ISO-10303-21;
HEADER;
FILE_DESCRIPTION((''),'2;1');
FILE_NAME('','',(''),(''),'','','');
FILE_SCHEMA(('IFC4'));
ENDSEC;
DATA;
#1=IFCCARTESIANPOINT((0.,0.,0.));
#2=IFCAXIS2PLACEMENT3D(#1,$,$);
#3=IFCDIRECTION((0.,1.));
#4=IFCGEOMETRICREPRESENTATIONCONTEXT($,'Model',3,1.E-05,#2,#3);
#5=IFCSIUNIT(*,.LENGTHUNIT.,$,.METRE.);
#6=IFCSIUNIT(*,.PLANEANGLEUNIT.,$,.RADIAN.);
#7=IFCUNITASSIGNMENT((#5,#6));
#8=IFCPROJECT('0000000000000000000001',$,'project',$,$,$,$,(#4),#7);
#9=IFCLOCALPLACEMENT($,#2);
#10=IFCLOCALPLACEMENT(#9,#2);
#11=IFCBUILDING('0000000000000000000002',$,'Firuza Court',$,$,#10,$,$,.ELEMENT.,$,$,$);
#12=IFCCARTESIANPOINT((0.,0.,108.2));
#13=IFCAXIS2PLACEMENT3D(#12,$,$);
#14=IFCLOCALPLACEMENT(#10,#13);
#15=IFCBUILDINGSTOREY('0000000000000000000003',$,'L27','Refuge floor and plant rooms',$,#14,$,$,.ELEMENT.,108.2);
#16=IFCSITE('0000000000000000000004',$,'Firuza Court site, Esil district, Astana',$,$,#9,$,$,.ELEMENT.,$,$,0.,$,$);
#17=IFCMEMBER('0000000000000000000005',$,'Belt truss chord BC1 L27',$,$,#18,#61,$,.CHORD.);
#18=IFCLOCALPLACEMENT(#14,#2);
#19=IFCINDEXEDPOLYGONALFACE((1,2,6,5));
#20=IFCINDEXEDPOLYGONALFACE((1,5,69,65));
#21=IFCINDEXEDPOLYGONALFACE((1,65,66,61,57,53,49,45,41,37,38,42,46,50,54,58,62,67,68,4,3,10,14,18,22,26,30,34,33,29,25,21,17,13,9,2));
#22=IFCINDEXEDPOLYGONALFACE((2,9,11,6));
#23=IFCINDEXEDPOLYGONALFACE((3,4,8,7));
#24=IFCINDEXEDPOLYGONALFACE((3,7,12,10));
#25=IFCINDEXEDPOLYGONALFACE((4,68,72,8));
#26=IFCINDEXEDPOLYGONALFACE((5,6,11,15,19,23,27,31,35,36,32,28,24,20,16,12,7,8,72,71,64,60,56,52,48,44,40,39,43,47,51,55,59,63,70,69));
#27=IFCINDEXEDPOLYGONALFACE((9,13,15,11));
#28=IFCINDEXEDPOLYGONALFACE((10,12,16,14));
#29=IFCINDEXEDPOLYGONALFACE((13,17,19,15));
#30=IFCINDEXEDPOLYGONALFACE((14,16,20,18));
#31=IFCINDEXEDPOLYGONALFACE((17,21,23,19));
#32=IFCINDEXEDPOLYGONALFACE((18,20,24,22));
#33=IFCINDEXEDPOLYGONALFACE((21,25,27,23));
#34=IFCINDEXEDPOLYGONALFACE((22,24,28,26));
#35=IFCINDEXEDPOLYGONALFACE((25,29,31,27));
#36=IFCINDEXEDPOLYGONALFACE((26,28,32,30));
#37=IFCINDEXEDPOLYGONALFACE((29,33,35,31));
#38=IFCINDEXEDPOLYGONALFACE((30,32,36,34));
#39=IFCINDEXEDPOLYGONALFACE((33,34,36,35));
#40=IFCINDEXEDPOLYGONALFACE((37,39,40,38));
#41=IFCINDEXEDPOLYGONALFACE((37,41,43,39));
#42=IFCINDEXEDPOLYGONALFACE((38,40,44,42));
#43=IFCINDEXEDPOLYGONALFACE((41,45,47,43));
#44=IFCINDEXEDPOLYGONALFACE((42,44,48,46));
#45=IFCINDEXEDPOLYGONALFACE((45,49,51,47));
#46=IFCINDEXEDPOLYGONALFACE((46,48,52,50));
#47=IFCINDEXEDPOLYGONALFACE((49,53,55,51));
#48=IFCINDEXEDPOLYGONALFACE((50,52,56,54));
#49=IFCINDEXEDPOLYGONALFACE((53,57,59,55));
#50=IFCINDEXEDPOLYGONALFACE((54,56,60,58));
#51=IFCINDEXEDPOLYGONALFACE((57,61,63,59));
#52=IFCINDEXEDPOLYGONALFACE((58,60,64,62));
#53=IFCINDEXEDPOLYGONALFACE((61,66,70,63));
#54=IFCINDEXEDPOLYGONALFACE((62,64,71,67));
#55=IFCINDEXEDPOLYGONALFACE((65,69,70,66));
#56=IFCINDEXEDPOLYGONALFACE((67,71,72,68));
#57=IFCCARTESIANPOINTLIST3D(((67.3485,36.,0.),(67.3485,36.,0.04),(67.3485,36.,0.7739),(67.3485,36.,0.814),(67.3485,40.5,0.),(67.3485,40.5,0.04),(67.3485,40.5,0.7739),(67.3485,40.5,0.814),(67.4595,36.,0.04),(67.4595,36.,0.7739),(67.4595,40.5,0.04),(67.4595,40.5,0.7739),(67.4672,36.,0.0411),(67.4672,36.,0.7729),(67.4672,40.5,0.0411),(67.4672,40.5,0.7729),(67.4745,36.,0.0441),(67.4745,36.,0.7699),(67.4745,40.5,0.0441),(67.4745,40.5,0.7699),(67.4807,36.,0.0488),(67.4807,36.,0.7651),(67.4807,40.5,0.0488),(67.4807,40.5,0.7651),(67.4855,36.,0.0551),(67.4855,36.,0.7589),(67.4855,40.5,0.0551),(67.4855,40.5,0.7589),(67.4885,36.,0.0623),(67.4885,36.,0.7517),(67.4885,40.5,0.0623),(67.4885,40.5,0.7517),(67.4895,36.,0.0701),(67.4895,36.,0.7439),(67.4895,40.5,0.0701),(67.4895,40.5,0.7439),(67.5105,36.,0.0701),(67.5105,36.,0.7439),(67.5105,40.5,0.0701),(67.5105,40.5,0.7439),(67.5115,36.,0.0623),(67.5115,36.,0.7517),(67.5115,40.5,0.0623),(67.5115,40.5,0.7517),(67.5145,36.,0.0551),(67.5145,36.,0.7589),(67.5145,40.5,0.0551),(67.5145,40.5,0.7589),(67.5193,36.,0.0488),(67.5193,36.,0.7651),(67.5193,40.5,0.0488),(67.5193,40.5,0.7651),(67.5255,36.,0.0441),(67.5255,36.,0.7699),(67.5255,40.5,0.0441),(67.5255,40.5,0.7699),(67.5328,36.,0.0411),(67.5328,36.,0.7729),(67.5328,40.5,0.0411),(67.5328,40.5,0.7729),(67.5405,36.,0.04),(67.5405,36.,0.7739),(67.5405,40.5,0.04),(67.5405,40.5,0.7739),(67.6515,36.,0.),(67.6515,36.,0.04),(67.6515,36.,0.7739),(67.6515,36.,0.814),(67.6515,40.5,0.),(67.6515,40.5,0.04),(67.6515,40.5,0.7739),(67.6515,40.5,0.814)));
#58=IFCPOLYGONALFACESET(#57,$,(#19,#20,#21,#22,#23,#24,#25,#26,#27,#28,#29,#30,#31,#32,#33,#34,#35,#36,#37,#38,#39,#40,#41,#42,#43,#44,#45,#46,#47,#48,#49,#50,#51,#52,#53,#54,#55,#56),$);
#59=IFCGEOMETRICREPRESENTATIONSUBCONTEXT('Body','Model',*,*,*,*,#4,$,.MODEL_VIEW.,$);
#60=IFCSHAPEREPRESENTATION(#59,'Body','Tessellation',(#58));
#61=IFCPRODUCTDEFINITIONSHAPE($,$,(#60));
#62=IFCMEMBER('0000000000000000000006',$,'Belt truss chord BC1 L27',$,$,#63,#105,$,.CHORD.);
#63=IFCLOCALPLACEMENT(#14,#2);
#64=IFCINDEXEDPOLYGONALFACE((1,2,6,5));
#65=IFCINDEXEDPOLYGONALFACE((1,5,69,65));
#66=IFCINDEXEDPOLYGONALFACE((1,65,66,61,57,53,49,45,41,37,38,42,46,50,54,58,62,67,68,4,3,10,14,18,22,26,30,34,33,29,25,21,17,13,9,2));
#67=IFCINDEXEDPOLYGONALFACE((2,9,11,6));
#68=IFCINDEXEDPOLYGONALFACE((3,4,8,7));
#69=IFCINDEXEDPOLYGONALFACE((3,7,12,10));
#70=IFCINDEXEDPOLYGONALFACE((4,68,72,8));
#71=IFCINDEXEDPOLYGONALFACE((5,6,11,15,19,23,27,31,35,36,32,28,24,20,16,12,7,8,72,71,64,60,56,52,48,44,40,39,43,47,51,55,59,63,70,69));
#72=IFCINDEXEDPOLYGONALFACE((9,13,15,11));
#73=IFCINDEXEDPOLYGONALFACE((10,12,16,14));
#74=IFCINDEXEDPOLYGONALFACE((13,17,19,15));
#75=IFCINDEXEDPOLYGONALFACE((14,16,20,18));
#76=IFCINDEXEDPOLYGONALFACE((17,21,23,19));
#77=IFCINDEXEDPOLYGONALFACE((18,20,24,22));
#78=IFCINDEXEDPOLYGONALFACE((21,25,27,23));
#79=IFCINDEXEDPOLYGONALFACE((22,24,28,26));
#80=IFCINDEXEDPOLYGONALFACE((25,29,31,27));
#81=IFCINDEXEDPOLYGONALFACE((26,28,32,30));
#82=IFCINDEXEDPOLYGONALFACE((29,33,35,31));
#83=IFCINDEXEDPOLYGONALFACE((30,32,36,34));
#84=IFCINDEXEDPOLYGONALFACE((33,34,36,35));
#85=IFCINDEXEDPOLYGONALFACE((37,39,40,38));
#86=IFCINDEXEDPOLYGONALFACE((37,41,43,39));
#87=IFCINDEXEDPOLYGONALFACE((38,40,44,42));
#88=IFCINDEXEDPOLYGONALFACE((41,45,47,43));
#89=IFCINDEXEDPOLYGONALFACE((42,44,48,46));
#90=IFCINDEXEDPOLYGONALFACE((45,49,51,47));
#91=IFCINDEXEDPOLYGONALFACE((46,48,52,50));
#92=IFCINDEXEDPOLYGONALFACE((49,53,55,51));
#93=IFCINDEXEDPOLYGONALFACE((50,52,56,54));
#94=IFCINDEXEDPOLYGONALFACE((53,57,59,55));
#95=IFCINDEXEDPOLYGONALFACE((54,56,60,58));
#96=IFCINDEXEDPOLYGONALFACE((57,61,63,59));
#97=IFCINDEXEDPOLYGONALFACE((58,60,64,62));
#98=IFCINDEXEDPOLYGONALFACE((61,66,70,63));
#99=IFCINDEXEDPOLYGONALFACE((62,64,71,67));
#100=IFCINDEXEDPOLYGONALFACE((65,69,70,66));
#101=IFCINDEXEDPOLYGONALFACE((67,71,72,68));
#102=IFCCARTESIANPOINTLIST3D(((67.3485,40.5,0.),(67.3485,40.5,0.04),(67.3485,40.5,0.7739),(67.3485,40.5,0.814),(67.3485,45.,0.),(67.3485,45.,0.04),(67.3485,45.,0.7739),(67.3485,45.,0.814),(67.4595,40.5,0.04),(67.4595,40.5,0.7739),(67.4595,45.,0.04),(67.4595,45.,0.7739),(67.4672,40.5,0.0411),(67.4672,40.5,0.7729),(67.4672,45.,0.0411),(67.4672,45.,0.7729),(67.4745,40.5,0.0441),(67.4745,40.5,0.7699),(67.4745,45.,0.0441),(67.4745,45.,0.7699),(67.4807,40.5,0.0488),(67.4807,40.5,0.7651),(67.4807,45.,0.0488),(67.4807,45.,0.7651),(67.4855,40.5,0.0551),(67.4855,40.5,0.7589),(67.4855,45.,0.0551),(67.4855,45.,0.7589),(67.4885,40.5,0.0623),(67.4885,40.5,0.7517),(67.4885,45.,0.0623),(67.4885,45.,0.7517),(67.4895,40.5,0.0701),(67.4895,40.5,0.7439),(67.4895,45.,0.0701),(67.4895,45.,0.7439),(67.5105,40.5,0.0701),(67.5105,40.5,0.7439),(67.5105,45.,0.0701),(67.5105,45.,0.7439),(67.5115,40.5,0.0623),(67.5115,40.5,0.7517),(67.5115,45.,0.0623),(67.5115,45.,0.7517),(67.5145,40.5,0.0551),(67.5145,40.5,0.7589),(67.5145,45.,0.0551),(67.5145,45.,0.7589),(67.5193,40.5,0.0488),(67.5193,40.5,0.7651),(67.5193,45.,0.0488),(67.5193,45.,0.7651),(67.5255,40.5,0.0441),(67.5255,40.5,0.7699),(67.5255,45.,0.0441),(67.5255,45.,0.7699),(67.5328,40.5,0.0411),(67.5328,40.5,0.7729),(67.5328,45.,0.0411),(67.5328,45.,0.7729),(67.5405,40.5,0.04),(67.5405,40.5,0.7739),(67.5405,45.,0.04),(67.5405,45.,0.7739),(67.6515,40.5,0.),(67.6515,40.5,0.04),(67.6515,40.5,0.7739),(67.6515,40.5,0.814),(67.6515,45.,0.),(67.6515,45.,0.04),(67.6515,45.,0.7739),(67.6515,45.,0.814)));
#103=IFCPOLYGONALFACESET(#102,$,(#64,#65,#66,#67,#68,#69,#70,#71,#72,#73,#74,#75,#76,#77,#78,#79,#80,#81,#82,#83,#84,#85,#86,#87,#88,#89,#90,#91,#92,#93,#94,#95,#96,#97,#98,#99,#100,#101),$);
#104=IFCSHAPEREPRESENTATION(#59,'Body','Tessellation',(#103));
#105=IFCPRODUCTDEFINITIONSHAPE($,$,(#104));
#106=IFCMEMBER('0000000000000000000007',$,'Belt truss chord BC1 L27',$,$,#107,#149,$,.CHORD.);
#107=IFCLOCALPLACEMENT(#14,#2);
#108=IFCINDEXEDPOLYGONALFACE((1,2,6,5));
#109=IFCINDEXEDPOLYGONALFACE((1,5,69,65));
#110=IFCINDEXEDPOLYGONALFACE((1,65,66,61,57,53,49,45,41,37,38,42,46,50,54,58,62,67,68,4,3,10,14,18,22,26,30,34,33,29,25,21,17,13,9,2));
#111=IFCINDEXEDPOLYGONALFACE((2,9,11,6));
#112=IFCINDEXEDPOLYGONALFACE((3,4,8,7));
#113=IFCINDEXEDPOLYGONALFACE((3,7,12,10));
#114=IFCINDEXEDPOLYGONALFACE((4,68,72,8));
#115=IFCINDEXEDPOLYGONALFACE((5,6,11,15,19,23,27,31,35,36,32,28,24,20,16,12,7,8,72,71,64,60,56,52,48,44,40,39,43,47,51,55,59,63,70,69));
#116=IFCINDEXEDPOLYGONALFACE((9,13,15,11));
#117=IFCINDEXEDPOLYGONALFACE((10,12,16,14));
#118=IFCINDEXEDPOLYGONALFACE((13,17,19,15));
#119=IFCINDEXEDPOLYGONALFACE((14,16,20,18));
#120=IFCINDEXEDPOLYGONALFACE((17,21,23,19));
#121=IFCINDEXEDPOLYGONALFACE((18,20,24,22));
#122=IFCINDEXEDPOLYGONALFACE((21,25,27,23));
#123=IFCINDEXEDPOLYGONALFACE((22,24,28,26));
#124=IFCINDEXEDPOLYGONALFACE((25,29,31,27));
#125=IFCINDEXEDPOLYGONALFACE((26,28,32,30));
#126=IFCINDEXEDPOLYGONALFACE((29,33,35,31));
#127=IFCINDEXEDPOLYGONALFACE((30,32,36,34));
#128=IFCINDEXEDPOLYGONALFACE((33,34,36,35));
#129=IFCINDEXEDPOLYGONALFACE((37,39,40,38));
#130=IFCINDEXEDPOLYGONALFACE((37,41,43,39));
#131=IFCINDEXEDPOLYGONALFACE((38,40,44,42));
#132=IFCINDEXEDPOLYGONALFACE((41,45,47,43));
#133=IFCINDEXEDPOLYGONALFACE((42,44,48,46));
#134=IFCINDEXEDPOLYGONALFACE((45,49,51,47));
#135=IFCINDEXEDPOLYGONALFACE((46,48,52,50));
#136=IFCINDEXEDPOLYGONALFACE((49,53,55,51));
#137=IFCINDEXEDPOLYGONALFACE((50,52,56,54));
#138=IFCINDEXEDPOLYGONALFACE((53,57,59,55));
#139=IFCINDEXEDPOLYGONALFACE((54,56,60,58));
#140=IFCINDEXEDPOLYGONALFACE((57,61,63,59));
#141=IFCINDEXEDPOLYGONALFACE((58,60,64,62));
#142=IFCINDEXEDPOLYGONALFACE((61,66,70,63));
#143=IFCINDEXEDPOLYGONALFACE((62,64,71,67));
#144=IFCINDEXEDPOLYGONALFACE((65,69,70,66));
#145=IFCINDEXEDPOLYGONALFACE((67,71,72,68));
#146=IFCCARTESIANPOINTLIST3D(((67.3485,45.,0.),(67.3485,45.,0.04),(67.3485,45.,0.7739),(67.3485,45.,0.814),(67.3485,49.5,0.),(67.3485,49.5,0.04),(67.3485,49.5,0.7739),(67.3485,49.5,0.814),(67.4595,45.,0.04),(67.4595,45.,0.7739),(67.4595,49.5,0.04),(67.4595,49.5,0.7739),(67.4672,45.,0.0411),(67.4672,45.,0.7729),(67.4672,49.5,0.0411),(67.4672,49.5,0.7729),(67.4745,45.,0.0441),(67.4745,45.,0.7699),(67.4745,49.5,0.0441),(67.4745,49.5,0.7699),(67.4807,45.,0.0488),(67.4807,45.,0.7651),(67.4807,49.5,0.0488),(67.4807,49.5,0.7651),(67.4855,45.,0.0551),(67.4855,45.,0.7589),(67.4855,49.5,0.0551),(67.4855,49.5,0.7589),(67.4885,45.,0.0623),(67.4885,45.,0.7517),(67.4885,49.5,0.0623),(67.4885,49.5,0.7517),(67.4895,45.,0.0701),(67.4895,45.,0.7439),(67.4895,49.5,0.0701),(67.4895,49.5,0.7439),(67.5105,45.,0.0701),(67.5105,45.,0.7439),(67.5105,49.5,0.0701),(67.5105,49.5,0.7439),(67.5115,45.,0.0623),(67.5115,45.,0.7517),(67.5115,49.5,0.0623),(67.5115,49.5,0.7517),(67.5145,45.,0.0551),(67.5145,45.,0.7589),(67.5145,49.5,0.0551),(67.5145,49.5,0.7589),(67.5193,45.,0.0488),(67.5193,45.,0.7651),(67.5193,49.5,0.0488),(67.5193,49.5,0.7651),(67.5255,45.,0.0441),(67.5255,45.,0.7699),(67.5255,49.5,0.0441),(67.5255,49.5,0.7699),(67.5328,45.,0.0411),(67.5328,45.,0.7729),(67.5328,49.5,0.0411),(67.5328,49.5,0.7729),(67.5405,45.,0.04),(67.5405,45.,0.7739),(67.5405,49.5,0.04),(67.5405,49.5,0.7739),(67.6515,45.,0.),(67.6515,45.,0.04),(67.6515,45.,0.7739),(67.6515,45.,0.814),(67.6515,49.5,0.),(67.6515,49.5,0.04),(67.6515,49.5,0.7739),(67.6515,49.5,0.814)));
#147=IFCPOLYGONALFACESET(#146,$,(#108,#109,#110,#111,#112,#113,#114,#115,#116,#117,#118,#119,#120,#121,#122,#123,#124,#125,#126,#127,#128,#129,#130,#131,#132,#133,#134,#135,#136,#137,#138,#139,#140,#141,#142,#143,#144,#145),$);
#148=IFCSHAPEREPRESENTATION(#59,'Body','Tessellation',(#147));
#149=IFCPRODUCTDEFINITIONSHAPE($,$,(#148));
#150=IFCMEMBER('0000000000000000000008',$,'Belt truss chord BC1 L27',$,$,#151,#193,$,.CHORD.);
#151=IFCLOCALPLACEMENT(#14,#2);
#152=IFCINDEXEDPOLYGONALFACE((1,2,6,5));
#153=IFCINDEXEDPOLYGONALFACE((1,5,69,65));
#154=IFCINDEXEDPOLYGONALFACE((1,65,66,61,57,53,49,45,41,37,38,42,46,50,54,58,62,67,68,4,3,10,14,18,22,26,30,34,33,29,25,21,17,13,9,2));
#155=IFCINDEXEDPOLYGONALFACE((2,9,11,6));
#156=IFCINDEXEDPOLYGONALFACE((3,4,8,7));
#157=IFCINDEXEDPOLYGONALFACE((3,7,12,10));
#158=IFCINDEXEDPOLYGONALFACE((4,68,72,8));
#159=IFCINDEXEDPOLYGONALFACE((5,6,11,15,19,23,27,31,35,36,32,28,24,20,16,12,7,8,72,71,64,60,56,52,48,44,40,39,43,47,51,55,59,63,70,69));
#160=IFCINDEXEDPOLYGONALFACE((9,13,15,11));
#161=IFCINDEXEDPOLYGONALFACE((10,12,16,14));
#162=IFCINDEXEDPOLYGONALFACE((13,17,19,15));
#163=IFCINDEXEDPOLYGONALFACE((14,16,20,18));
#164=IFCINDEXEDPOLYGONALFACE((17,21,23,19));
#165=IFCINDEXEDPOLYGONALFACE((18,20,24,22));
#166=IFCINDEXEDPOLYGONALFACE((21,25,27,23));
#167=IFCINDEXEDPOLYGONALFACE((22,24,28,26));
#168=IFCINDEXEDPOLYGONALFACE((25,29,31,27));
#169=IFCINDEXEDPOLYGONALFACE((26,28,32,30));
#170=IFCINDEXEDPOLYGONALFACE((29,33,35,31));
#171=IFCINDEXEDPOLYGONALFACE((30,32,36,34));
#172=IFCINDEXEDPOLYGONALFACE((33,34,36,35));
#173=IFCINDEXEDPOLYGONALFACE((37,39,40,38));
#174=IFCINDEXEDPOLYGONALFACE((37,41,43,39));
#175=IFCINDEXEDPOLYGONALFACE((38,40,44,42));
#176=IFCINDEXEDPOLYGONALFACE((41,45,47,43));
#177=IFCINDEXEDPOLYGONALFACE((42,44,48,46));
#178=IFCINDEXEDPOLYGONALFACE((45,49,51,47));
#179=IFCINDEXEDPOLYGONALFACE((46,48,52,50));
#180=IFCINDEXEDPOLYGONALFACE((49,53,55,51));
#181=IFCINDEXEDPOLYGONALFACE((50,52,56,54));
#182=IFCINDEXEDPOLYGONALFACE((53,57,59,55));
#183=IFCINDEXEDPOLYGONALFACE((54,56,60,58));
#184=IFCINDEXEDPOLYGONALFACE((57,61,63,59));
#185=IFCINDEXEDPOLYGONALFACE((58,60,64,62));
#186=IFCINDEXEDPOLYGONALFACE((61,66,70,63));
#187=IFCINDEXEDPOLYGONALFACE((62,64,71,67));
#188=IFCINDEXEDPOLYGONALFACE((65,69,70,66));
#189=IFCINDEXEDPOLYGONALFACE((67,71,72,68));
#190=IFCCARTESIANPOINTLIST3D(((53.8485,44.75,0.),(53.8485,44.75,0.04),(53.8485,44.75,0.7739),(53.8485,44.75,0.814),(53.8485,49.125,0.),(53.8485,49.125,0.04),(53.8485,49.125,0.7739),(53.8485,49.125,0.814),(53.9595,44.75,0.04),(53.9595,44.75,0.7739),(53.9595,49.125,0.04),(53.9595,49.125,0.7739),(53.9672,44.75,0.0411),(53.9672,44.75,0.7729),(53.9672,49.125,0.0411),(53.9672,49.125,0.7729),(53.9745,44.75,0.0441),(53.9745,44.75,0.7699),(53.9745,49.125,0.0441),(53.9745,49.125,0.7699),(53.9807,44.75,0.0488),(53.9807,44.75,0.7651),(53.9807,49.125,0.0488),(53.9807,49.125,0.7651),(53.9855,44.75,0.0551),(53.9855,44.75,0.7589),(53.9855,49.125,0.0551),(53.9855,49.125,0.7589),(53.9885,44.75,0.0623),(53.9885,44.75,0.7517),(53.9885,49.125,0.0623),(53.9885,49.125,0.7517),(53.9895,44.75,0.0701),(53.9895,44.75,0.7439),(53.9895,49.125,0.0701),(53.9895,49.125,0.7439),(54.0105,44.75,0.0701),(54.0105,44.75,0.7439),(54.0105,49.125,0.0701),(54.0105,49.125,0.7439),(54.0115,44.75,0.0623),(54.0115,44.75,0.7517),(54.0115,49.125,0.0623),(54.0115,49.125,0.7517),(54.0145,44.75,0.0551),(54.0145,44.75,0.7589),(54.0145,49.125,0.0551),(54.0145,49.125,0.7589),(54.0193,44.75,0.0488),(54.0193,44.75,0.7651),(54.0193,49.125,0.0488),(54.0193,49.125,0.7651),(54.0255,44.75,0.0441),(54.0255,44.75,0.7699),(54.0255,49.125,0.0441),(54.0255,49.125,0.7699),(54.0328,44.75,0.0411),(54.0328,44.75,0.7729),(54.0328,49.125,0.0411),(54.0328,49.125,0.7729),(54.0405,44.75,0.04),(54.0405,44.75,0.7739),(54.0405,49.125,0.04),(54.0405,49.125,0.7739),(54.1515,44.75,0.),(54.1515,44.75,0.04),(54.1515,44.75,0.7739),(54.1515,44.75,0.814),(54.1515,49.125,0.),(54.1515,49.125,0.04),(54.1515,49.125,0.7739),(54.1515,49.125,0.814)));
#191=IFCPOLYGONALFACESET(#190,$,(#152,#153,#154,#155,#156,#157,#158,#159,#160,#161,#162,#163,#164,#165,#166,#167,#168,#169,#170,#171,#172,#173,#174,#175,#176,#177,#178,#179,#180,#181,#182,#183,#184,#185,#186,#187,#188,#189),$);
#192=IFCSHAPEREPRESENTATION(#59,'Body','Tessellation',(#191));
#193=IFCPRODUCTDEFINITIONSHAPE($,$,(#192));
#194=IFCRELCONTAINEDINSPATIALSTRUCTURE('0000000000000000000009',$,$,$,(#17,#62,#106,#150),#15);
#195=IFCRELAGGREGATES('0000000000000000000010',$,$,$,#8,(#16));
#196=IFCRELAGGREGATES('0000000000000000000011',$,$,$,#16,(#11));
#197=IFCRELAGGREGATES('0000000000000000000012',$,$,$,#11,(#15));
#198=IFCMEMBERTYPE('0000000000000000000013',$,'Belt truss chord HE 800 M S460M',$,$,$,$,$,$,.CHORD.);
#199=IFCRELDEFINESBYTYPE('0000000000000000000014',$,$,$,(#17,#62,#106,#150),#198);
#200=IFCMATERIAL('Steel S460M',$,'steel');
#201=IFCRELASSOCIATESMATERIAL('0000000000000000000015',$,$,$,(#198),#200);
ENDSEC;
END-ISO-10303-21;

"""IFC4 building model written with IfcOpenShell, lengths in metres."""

from ifc_helpers import new_model, si_unit, direction, frame, origin, origin_2d, place, context, subcontext, project, spatial, i_section, extrude, material, material_profile, profile_set, type_object, element, save


model = new_model("IFC4")

# Units and contexts
model_context = context("Model", 3, precision=1e-05, world=origin(), true_north=direction((0.0, 1.0)))
body_context = subcontext(model_context, "Body", "Model", "MODEL_VIEW")
ifc_project = project(units=[si_unit("LENGTHUNIT", "METRE"), si_unit("PLANEANGLEUNIT", "RADIAN")], contexts=[model_context])

# Site, building, storey
site_placement = place(None, origin())
site = spatial("IfcSite", under=ifc_project, at=site_placement, Name="Firuza Court site, Esil district, Astana", CompositionType="ELEMENT", RefElevation=0.0)
building_placement = place(site_placement, origin())
building = spatial("IfcBuilding", under=site, at=building_placement, Name="Firuza Court", CompositionType="ELEMENT")
storey_placement = place(building_placement, frame((0.0, 0.0, 108.2)))
storey = spatial("IfcBuildingStorey", under=building, at=storey_placement, Name="L27", Description="Refuge floor and plant rooms", CompositionType="ELEMENT", Elevation=108.2)

# Members
ifc_material_1 = material(Name="Steel S460M", Category="steel")
ifc_material_profile_1 = material_profile(ifc_material_1, i_section(OverallWidth=0.303, OverallDepth=0.814, WebThickness=0.021, FlangeThickness=0.04, FilletRadius=0.03, at=origin_2d()), Name="HE 800 M")
ifc_profile_set_1 = profile_set([ifc_material_profile_1], Name="Steel S460M")
member_type_1 = type_object("IfcMemberType", Name="Belt truss chord HE 800 M S460M", PredefinedType="CHORD", material=ifc_profile_set_1)
for number, where, z_axis, x_axis, name in (
    (1, (67.5, 36.0, 0.407), (0.0, 1.0, 0.0), (-1.0, 0.0, 0.0), "Belt truss chord BC1 L27"),
    (2, (67.5, 40.5, 0.407), (0.0, 1.0, 0.0), (-1.0, 0.0, 0.0), "Belt truss chord BC1 L27"),
    (3, (67.5, 45.0, 0.407), (0.0, 1.0, 0.0), (-1.0, 0.0, 0.0), "Belt truss chord BC1 L27"),
):
    element("IfcMember", number, at=place(storey_placement, frame(where, z_axis=z_axis, x_axis=x_axis)), inside=storey, type_object=member_type_1, Name=name, PredefinedType="CHORD", context=body_context, shape_type="SweptSolid", body=[
        extrude(i_section(OverallWidth=0.303, OverallDepth=0.814, WebThickness=0.021, FlangeThickness=0.04, FilletRadius=0.03, at=origin_2d()), origin(), (0.0, 0.0, 1.0), 4.5),
    ])
for number, where, z_axis, x_axis, name in (
    (4, (54.0, 44.75, 0.407), (0.0, 1.0, 0.0), (-1.0, 0.0, 0.0), "Belt truss chord BC1 L27"),
):
    element("IfcMember", number, at=place(storey_placement, frame(where, z_axis=z_axis, x_axis=x_axis)), inside=storey, type_object=member_type_1, Name=name, PredefinedType="CHORD", context=body_context, shape_type="SweptSolid", body=[
        extrude(i_section(OverallWidth=0.303, OverallDepth=0.814, WebThickness=0.021, FlangeThickness=0.04, FilletRadius=0.03, at=origin_2d()), origin(), (0.0, 0.0, 1.0), 4.375),
    ])

save(model, "model.ifc")
